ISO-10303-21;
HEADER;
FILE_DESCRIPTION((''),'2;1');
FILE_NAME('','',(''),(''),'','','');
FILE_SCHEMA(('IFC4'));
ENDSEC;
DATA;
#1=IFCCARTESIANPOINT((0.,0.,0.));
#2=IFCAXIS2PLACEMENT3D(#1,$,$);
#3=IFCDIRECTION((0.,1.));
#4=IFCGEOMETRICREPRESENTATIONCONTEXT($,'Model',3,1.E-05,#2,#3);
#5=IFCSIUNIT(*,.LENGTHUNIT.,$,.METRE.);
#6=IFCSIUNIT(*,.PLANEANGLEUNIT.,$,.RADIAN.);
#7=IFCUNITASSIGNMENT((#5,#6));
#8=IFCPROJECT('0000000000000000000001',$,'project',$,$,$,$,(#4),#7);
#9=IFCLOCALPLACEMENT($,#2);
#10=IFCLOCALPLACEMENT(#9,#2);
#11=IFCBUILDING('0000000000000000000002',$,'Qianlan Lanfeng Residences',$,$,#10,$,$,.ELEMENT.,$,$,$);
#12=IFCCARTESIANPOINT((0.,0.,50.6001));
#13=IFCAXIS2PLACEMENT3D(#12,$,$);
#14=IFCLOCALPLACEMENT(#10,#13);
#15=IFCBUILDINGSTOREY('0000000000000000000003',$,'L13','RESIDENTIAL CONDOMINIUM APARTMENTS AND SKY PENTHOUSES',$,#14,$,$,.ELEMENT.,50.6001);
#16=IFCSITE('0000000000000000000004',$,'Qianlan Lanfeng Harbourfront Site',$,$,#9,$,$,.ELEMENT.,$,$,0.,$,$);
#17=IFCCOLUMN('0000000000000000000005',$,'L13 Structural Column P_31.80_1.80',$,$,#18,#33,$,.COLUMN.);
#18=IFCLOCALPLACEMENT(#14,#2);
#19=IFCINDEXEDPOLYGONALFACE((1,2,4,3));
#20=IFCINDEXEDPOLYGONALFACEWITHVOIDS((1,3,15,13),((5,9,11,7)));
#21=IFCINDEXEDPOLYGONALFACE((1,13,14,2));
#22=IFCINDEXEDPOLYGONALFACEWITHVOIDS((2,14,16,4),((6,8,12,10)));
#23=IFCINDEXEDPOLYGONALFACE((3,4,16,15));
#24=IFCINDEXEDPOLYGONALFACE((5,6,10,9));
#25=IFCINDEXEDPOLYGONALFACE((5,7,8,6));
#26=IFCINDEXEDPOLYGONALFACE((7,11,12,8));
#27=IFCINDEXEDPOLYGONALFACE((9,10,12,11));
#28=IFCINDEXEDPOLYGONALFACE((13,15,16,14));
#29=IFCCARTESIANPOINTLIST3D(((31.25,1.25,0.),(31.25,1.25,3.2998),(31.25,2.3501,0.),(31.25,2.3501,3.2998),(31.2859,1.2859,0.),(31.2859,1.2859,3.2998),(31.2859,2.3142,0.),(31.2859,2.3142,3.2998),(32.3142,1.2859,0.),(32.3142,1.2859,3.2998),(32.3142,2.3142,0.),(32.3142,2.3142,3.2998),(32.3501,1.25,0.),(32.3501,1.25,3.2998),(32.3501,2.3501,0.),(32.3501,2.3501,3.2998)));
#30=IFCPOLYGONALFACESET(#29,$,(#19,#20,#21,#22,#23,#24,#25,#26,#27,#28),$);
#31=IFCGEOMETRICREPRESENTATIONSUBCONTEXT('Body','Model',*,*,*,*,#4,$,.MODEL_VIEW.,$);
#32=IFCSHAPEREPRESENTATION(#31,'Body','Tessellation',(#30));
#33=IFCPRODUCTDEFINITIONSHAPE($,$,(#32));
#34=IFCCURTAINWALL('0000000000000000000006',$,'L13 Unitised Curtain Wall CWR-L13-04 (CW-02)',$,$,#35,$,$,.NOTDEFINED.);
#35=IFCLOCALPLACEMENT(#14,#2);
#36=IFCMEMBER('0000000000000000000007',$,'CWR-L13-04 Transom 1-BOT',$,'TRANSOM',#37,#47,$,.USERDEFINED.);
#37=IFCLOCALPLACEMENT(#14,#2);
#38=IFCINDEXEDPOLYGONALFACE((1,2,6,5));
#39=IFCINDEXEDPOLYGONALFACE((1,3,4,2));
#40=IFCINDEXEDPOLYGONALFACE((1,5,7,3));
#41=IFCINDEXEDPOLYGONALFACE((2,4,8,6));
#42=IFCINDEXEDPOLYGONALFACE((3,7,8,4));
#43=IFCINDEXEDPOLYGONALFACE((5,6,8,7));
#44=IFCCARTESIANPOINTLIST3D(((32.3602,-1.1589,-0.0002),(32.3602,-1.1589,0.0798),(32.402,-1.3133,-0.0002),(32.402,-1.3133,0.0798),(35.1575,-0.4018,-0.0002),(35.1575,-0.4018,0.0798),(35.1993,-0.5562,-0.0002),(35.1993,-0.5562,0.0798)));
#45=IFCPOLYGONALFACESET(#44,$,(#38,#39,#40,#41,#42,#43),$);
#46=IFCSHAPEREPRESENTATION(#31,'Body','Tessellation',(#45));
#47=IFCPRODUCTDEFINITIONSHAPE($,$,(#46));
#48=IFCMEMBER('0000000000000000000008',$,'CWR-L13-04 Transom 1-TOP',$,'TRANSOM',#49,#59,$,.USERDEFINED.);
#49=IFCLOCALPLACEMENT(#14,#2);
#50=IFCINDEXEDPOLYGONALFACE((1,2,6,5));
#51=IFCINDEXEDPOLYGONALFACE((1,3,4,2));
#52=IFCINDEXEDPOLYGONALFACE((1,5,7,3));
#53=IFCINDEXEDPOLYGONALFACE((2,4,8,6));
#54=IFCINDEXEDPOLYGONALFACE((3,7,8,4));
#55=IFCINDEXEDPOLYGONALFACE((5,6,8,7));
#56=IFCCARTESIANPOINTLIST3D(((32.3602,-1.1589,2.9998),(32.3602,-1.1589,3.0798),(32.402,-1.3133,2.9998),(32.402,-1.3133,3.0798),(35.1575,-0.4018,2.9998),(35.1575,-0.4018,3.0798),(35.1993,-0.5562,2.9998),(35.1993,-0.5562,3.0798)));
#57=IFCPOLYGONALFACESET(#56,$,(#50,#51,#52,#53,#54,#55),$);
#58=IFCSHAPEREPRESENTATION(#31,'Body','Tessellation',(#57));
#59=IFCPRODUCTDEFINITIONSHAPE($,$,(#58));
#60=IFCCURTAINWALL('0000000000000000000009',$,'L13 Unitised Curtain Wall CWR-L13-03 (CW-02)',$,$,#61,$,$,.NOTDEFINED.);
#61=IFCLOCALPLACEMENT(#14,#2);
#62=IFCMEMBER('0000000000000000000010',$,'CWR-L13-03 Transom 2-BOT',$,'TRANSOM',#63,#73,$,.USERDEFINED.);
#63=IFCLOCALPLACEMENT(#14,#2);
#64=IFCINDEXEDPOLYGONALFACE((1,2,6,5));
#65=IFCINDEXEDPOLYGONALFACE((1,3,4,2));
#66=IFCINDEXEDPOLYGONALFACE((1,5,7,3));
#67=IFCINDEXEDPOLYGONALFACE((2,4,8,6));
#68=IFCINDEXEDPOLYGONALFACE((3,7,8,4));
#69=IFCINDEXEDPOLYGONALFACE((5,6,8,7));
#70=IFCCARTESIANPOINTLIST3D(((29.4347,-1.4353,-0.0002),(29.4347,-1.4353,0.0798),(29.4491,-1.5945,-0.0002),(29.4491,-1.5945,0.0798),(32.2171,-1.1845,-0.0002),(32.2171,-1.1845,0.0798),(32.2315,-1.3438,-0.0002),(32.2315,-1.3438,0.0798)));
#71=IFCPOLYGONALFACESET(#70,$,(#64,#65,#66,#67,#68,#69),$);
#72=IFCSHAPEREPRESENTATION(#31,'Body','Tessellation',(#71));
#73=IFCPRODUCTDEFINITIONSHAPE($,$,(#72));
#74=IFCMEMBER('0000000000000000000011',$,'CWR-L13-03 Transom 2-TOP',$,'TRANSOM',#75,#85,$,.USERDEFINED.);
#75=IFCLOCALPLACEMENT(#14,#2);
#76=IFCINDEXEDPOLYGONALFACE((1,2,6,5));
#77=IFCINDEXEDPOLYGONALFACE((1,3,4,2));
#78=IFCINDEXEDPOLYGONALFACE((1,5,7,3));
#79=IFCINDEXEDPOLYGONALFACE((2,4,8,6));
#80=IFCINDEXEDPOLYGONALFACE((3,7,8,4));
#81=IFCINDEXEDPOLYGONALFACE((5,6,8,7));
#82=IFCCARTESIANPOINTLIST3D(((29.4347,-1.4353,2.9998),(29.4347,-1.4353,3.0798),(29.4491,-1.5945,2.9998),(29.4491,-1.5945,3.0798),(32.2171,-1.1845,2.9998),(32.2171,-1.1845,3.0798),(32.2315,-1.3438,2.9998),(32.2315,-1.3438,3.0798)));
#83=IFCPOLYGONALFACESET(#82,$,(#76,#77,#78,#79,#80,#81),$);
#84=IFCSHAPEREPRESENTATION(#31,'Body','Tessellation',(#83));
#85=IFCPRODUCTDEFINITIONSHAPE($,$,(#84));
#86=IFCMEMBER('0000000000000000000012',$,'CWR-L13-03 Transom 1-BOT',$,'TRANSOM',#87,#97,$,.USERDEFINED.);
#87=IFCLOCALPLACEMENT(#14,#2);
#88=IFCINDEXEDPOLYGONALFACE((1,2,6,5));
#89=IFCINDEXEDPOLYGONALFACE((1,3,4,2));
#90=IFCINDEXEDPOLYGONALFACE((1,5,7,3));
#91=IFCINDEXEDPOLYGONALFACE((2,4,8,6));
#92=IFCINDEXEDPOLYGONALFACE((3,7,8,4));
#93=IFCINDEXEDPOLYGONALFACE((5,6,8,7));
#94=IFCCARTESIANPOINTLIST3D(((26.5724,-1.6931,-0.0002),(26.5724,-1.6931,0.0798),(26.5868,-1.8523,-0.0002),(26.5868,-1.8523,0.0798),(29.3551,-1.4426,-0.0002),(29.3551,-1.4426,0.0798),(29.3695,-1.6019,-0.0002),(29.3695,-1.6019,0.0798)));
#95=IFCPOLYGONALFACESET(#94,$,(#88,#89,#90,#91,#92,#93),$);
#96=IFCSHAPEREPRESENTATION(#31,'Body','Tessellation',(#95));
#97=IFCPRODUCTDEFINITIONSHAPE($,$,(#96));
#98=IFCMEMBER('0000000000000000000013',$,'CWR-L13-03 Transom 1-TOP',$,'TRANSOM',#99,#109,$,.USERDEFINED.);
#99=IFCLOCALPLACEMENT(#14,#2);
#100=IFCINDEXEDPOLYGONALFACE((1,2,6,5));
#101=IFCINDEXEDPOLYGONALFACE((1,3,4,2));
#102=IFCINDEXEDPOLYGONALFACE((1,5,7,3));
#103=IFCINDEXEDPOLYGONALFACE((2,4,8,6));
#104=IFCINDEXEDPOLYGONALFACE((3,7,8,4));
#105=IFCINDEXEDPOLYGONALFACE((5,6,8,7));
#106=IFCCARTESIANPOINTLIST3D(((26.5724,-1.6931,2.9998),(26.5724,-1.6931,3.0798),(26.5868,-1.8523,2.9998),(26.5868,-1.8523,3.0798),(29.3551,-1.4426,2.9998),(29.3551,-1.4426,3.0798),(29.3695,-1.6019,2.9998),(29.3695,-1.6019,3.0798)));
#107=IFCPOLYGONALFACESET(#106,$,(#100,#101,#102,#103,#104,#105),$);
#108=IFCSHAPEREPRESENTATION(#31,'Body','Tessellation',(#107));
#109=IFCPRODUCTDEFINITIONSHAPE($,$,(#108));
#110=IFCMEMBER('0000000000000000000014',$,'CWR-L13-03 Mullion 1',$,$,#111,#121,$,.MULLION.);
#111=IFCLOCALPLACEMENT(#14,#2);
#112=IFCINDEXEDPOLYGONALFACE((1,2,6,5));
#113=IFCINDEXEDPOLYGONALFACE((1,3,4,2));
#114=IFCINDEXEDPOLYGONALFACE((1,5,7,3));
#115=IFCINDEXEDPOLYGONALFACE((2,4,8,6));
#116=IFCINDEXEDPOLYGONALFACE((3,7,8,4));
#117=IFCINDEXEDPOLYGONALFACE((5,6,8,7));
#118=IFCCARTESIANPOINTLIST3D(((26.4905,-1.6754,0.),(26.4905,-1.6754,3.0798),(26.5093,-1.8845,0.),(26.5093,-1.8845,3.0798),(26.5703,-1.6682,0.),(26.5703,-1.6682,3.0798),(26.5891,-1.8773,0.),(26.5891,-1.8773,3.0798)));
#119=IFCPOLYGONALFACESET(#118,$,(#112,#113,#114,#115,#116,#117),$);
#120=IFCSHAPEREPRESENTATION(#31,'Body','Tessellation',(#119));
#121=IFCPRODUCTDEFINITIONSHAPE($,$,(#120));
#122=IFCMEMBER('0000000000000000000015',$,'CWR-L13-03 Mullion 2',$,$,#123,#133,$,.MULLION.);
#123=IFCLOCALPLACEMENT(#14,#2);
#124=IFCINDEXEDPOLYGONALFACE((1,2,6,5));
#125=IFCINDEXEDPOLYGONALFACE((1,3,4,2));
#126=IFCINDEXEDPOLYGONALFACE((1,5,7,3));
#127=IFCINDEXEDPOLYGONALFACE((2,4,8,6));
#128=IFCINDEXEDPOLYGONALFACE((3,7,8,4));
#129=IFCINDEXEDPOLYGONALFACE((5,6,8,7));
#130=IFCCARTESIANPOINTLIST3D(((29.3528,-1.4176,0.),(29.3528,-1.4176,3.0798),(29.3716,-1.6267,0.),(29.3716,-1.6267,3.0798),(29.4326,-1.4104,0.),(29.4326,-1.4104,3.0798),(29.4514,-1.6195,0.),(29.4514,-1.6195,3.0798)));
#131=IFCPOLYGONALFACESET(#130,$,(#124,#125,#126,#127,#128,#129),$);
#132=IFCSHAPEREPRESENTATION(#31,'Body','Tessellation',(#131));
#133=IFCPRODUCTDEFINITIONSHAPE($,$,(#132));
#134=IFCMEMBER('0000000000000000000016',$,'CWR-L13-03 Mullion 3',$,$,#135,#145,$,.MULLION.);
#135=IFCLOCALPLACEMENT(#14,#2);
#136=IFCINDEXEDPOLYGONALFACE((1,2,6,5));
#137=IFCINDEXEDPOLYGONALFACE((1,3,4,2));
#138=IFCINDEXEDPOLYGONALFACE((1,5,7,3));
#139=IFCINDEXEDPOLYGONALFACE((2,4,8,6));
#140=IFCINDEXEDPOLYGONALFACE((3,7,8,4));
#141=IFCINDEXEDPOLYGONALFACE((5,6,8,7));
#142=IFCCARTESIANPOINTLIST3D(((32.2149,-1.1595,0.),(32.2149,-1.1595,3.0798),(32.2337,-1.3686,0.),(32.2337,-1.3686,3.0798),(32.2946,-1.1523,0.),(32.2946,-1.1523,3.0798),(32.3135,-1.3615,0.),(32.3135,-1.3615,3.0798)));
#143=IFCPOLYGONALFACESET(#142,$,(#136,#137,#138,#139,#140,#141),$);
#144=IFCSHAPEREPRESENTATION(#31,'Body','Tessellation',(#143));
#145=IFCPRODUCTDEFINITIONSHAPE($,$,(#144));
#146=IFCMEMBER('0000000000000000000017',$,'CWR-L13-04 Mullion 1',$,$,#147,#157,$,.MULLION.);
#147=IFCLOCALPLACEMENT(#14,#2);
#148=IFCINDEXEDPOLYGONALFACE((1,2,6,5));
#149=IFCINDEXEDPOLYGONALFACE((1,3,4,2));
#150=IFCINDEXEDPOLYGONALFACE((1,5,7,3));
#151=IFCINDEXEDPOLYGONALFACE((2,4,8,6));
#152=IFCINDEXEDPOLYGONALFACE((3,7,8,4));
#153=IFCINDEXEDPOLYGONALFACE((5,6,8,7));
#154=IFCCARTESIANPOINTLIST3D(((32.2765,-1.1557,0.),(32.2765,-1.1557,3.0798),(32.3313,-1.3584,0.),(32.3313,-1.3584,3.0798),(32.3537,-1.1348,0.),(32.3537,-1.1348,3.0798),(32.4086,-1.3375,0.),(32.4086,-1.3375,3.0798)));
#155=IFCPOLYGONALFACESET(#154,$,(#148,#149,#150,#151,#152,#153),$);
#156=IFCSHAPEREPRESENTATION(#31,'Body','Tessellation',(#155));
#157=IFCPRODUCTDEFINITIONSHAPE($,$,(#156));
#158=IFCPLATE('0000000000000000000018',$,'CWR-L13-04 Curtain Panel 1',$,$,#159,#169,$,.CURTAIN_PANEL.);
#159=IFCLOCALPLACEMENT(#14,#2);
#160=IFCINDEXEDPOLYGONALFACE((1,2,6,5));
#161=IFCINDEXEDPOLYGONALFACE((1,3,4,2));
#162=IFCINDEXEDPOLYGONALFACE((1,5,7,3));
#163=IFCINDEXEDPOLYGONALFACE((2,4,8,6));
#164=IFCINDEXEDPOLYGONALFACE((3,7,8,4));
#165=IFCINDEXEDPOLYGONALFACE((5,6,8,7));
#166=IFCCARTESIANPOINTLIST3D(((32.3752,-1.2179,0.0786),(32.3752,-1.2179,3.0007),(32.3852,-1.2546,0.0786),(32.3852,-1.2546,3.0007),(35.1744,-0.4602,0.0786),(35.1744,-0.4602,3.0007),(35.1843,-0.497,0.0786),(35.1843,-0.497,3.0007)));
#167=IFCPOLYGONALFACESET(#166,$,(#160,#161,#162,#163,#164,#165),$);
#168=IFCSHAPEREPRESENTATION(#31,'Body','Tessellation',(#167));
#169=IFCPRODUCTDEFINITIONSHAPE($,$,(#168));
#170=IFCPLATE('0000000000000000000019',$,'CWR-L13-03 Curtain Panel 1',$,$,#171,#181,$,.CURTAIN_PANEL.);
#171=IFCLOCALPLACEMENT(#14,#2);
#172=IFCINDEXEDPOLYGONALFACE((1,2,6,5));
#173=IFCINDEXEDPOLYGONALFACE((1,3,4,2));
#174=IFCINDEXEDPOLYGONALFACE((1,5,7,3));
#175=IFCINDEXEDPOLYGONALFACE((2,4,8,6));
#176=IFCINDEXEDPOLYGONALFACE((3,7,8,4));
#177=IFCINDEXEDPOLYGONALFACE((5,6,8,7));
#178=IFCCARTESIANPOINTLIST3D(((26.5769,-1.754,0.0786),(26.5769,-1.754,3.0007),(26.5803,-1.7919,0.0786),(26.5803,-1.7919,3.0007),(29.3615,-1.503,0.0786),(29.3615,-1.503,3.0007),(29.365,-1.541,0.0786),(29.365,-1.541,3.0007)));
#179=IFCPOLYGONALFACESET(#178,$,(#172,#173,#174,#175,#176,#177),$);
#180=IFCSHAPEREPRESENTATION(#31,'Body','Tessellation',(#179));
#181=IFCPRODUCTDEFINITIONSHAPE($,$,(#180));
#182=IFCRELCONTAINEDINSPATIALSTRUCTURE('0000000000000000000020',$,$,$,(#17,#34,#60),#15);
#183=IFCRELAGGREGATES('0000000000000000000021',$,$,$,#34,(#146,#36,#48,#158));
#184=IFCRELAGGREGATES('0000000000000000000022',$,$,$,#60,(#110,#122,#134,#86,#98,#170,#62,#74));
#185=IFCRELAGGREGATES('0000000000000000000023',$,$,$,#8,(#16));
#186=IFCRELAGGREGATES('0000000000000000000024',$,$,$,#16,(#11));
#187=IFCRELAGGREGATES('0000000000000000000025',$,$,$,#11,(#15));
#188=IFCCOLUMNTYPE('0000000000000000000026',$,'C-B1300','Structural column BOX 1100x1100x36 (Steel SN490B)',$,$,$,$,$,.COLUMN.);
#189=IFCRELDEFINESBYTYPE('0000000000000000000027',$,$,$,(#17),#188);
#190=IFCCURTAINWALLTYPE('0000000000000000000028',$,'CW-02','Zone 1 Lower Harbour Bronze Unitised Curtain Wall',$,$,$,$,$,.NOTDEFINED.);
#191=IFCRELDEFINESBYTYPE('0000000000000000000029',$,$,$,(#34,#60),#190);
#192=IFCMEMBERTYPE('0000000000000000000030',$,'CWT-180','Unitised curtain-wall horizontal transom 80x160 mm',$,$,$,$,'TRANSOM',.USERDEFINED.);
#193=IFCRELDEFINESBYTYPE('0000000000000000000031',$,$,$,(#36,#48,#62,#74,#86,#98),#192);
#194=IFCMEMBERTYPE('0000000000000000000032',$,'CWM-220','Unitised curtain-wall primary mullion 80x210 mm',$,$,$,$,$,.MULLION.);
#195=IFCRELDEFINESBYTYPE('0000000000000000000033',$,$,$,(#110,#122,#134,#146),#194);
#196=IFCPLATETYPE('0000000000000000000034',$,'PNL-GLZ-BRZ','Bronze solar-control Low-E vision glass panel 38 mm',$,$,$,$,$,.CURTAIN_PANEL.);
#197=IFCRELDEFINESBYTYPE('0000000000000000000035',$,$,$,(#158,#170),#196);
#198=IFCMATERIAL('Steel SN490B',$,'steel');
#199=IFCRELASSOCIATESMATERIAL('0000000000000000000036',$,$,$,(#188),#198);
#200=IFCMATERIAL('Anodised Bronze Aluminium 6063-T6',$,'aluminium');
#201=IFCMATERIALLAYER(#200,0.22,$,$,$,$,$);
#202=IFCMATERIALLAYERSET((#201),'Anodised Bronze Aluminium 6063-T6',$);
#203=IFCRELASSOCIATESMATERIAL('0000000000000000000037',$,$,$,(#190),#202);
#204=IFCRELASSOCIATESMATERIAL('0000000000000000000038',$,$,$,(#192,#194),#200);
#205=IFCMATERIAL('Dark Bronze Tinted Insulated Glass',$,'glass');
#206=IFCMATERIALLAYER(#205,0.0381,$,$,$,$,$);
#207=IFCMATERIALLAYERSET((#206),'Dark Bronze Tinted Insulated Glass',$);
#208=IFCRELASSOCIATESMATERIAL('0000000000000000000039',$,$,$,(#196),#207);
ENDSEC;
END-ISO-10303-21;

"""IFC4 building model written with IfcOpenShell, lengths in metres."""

from ifc_helpers import new_model, si_unit, direction, frame, origin, origin_2d, place, context, subcontext, project, spatial, rectangle, hollow_rectangle, extrude, source, transform, mapped, material, layer, layer_set, material_profile, profile_set, type_object, element, aggregate, save


model = new_model("IFC4")

# Units and contexts
model_context = context("Model", 3, precision=1e-05, world=origin(), true_north=direction((0.0, 1.0)))
body_context = subcontext(model_context, "Body", "Model", "MODEL_VIEW")
ifc_project = project(units=[si_unit("LENGTHUNIT", "METRE"), si_unit("PLANEANGLEUNIT", "RADIAN")], contexts=[model_context])

# Site, building, storey
site_placement = place(None, origin())
site = spatial("IfcSite", under=ifc_project, at=site_placement, Name="Qianlan Lanfeng Harbourfront Site", CompositionType="ELEMENT", RefElevation=0.0)
building_placement = place(site_placement, origin())
building = spatial("IfcBuilding", under=site, at=building_placement, Name="Qianlan Lanfeng Residences", CompositionType="ELEMENT")
storey_placement = place(building_placement, frame((0.0, 0.0, 50.6001)))
storey = spatial("IfcBuildingStorey", under=building, at=storey_placement, Name="L13", Description="RESIDENTIAL CONDOMINIUM APARTMENTS AND SKY PENTHOUSES", CompositionType="ELEMENT", Elevation=50.6001)

# Column
ifc_material_1 = material(Name="Steel SN490B", Category="steel")
ifc_material_profile_1 = material_profile(ifc_material_1, hollow_rectangle(XDim=1.1001, YDim=1.1001, WallThickness=0.0359, at=origin_2d()), Name="BOX 1100x1100x36")
ifc_profile_set_1 = profile_set([ifc_material_profile_1], Name="Steel SN490B")
column_type = type_object("IfcColumnType", Name="C-B1300", Description="Structural column BOX 1100x1100x36 (Steel SN490B)", PredefinedType="COLUMN", material=ifc_profile_set_1)
column_placement = place(storey_placement, frame((31.8, 1.8, 0.0), z_axis=(0.0, 0.0, 1.0), x_axis=(1.0, 0.0, 0.0)))
element("IfcColumn", 1, at=column_placement, inside=storey, type_object=column_type, Name="L13 Structural Column P_31.80_1.80", PredefinedType="COLUMN", context=body_context, shape_type="SweptSolid", body=[
    extrude(hollow_rectangle(XDim=1.1001, YDim=1.1001, WallThickness=0.0359, at=origin_2d()), origin(), (0.0, 0.0, 1.0), 3.2998),
])

# Curtain walls, members
ifc_material_2 = material(Name="Anodised Bronze Aluminium 6063-T6", Category="aluminium")
ifc_layer_1 = layer(ifc_material_2, 0.22)
ifc_layer_set_1 = layer_set([ifc_layer_1], Name="Anodised Bronze Aluminium 6063-T6")
curtain_wall_type = type_object("IfcCurtainWallType", Name="CW-02", Description="Zone 1 Lower Harbour Bronze Unitised Curtain Wall", PredefinedType="NOTDEFINED", material=ifc_layer_set_1)
curtain_wall_1_placement = place(storey_placement, origin())
curtain_wall_1 = element("IfcCurtainWall", 2, at=curtain_wall_1_placement, inside=storey, type_object=curtain_wall_type, Name="L13 Unitised Curtain Wall CWR-L13-04 (CW-02)", PredefinedType="NOTDEFINED")
ifc_material_profile_2 = material_profile(ifc_material_2, rectangle(XDim=0.0801, YDim=0.1599, at=origin_2d()), Name="ALU TRANSOM 80x160")
ifc_profile_set_2 = profile_set([ifc_material_profile_2], Name="Anodised Bronze Aluminium 6063-T6")
member_type_1 = type_object("IfcMemberType", Name="CWT-180", Description="Unitised curtain-wall horizontal transom 80x160 mm", ElementType="TRANSOM", PredefinedType="USERDEFINED", material=ifc_profile_set_2)
shared_shape_1 = source(origin(), body_context, "Body", "SweptSolid", [
    extrude(rectangle(XDim=0.0801, YDim=0.1599, at=origin_2d()), origin(), (0.0, 0.0, 1.0), 2.8979),
])
member_1_placement = place(storey_placement, frame((32.3811, -1.2361, 0.0398), z_axis=(0.965273, 0.261242, 0.0), x_axis=(0.0, 0.0, 1.0)))
member_1 = element("IfcMember", 3, at=member_1_placement, type_object=member_type_1, Name="CWR-L13-04 Transom 1-BOT", ObjectType="TRANSOM", PredefinedType="USERDEFINED", context=body_context, shape_type="MappedRepresentation", body=[
    mapped(shared_shape_1, transform((0.0, 0.0, 0.0), scale=1.0)),
])
member_2_placement = place(storey_placement, frame((32.3811, -1.2361, 3.0398), z_axis=(0.965273, 0.261242, 0.0), x_axis=(0.0, 0.0, 1.0)))
member_2 = element("IfcMember", 4, at=member_2_placement, type_object=member_type_1, Name="CWR-L13-04 Transom 1-TOP", ObjectType="TRANSOM", PredefinedType="USERDEFINED", context=body_context, shape_type="MappedRepresentation", body=[
    mapped(shared_shape_1, transform((0.0, 0.0, 0.0), scale=1.0)),
])
curtain_wall_2_placement = place(storey_placement, origin())
curtain_wall_2 = element("IfcCurtainWall", 5, at=curtain_wall_2_placement, inside=storey, type_object=curtain_wall_type, Name="L13 Unitised Curtain Wall CWR-L13-03 (CW-02)", PredefinedType="NOTDEFINED")
shared_shape_2 = source(origin(), body_context, "Body", "SweptSolid", [
    extrude(rectangle(XDim=0.0801, YDim=0.1599, at=origin_2d()), origin(), (0.0, 0.0, 1.0), 2.7937),
])
member_3_placement = place(storey_placement, frame((29.4419, -1.5149, 0.0398), z_axis=(0.995965, 0.089748, 0.0), x_axis=(0.0, 0.0, 1.0)))
member_3 = element("IfcMember", 6, at=member_3_placement, type_object=member_type_1, Name="CWR-L13-03 Transom 2-BOT", ObjectType="TRANSOM", PredefinedType="USERDEFINED", context=body_context, shape_type="MappedRepresentation", body=[
    mapped(shared_shape_2, transform((0.0, 0.0, 0.0), scale=1.0)),
])
member_4_placement = place(storey_placement, frame((29.4419, -1.5149, 3.0398), z_axis=(0.995965, 0.089748, 0.0), x_axis=(0.0, 0.0, 1.0)))
member_4 = element("IfcMember", 7, at=member_4_placement, type_object=member_type_1, Name="CWR-L13-03 Transom 2-TOP", ObjectType="TRANSOM", PredefinedType="USERDEFINED", context=body_context, shape_type="MappedRepresentation", body=[
    mapped(shared_shape_2, transform((0.0, 0.0, 0.0), scale=1.0)),
])
shared_shape_3 = source(origin(), body_context, "Body", "SweptSolid", [
    extrude(rectangle(XDim=0.0801, YDim=0.1599, at=origin_2d()), origin(), (0.0, 0.0, 1.0), 2.7939),
])
member_5_placement = place(storey_placement, frame((26.5796, -1.7727, 0.0398), z_axis=(0.995973, 0.089653, 0.0), x_axis=(0.0, 0.0, 1.0)))
member_5 = element("IfcMember", 8, at=member_5_placement, type_object=member_type_1, Name="CWR-L13-03 Transom 1-BOT", ObjectType="TRANSOM", PredefinedType="USERDEFINED", context=body_context, shape_type="MappedRepresentation", body=[
    mapped(shared_shape_3, transform((0.0, 0.0, 0.0), scale=1.0)),
])
member_6_placement = place(storey_placement, frame((26.5796, -1.7727, 3.0398), z_axis=(0.995973, 0.089653, 0.0), x_axis=(0.0, 0.0, 1.0)))
member_6 = element("IfcMember", 9, at=member_6_placement, type_object=member_type_1, Name="CWR-L13-03 Transom 1-TOP", ObjectType="TRANSOM", PredefinedType="USERDEFINED", context=body_context, shape_type="MappedRepresentation", body=[
    mapped(shared_shape_3, transform((0.0, 0.0, 0.0), scale=1.0)),
])
ifc_material_profile_3 = material_profile(ifc_material_2, rectangle(XDim=0.0801, YDim=0.21, at=origin_2d()), Name="ALU MULLION 80x210")
ifc_profile_set_3 = profile_set([ifc_material_profile_3], Name="Anodised Bronze Aluminium 6063-T6")
member_type_2 = type_object("IfcMemberType", Name="CWM-220", Description="Unitised curtain-wall primary mullion 80x210 mm", PredefinedType="MULLION", material=ifc_profile_set_3)
shared_shape_4 = source(origin(), body_context, "Body", "SweptSolid", [
    extrude(rectangle(XDim=0.0801, YDim=0.21, at=origin_2d()), origin(), (0.0, 0.0, 1.0), 3.0798),
])
member_7_placement = place(storey_placement, frame((26.5398, -1.7764, 0.0), z_axis=(0.0, 0.0, 1.0), x_axis=(0.995965, 0.089746, 0.0)))
member_7 = element("IfcMember", 10, at=member_7_placement, type_object=member_type_2, Name="CWR-L13-03 Mullion 1", PredefinedType="MULLION", context=body_context, shape_type="MappedRepresentation", body=[
    mapped(shared_shape_4, transform((0.0, 0.0, 0.0), scale=1.0)),
])
member_8_placement = place(storey_placement, frame((29.4021, -1.5186, 0.0), z_axis=(0.0, 0.0, 1.0), x_axis=(0.995965, 0.089746, 0.0)))
member_8 = element("IfcMember", 11, at=member_8_placement, type_object=member_type_2, Name="CWR-L13-03 Mullion 2", PredefinedType="MULLION", context=body_context, shape_type="MappedRepresentation", body=[
    mapped(shared_shape_4, transform((0.0, 0.0, 0.0), scale=1.0)),
])
member_9_placement = place(storey_placement, frame((32.2642, -1.2605, 0.0), z_axis=(0.0, 0.0, 1.0), x_axis=(0.995965, 0.089746, 0.0)))
member_9 = element("IfcMember", 12, at=member_9_placement, type_object=member_type_2, Name="CWR-L13-03 Mullion 3", PredefinedType="MULLION", context=body_context, shape_type="MappedRepresentation", body=[
    mapped(shared_shape_4, transform((0.0, 0.0, 0.0), scale=1.0)),
])

# Member
member_10_placement = place(storey_placement, frame((32.3425, -1.2466, 0.0), z_axis=(0.0, 0.0, 1.0), x_axis=(0.965263, 0.261281, 0.0)))
member_10 = element("IfcMember", 13, at=member_10_placement, type_object=member_type_2, Name="CWR-L13-04 Mullion 1", PredefinedType="MULLION", context=body_context, shape_type="MappedRepresentation", body=[
    mapped(shared_shape_4, transform((0.0, 0.0, 0.0), scale=1.0)),
])

# Plates
ifc_material_3 = material(Name="Dark Bronze Tinted Insulated Glass", Category="glass")
ifc_layer_2 = layer(ifc_material_3, 0.0381)
ifc_layer_set_2 = layer_set([ifc_layer_2], Name="Dark Bronze Tinted Insulated Glass")
plate_type = type_object("IfcPlateType", Name="PNL-GLZ-BRZ", Description="Bronze solar-control Low-E vision glass panel 38 mm", PredefinedType="CURTAIN_PANEL", material=ifc_layer_set_2)
shared_shape_5 = source(origin(), body_context, "Body", "SweptSolid", [
    extrude(rectangle(XDim=2.8999, YDim=0.0381, at=origin_2d()), origin(), (0.0, 0.0, 1.0), 2.9221),
])
plate_1_placement = place(storey_placement, frame((33.7798, -0.8574, 0.0786), z_axis=(0.0, 0.0, 1.0), x_axis=(0.965263, 0.261281, 0.0)))
plate_1 = element("IfcPlate", 14, at=plate_1_placement, type_object=plate_type, Name="CWR-L13-04 Curtain Panel 1", PredefinedType="CURTAIN_PANEL", context=body_context, shape_type="MappedRepresentation", body=[
    mapped(shared_shape_5, transform((0.0, 0.0, 0.0), scale=1.0)),
])
aggregate(curtain_wall_1, [member_10, member_1, member_2, plate_1])
shared_shape_6 = source(origin(), body_context, "Body", "SweptSolid", [
    extrude(rectangle(XDim=2.7959, YDim=0.0381, at=origin_2d()), origin(), (0.0, 0.0, 1.0), 2.9221),
])
plate_2_placement = place(storey_placement, frame((27.9709, -1.6475, 0.0786), z_axis=(0.0, 0.0, 1.0), x_axis=(0.995965, 0.089746, 0.0)))
plate_2 = element("IfcPlate", 15, at=plate_2_placement, type_object=plate_type, Name="CWR-L13-03 Curtain Panel 1", PredefinedType="CURTAIN_PANEL", context=body_context, shape_type="MappedRepresentation", body=[
    mapped(shared_shape_6, transform((0.0, 0.0, 0.0), scale=1.0)),
])
aggregate(curtain_wall_2, [member_7, member_8, member_9, member_5, member_6, plate_2, member_3, member_4])

save(model, "model.ifc")
